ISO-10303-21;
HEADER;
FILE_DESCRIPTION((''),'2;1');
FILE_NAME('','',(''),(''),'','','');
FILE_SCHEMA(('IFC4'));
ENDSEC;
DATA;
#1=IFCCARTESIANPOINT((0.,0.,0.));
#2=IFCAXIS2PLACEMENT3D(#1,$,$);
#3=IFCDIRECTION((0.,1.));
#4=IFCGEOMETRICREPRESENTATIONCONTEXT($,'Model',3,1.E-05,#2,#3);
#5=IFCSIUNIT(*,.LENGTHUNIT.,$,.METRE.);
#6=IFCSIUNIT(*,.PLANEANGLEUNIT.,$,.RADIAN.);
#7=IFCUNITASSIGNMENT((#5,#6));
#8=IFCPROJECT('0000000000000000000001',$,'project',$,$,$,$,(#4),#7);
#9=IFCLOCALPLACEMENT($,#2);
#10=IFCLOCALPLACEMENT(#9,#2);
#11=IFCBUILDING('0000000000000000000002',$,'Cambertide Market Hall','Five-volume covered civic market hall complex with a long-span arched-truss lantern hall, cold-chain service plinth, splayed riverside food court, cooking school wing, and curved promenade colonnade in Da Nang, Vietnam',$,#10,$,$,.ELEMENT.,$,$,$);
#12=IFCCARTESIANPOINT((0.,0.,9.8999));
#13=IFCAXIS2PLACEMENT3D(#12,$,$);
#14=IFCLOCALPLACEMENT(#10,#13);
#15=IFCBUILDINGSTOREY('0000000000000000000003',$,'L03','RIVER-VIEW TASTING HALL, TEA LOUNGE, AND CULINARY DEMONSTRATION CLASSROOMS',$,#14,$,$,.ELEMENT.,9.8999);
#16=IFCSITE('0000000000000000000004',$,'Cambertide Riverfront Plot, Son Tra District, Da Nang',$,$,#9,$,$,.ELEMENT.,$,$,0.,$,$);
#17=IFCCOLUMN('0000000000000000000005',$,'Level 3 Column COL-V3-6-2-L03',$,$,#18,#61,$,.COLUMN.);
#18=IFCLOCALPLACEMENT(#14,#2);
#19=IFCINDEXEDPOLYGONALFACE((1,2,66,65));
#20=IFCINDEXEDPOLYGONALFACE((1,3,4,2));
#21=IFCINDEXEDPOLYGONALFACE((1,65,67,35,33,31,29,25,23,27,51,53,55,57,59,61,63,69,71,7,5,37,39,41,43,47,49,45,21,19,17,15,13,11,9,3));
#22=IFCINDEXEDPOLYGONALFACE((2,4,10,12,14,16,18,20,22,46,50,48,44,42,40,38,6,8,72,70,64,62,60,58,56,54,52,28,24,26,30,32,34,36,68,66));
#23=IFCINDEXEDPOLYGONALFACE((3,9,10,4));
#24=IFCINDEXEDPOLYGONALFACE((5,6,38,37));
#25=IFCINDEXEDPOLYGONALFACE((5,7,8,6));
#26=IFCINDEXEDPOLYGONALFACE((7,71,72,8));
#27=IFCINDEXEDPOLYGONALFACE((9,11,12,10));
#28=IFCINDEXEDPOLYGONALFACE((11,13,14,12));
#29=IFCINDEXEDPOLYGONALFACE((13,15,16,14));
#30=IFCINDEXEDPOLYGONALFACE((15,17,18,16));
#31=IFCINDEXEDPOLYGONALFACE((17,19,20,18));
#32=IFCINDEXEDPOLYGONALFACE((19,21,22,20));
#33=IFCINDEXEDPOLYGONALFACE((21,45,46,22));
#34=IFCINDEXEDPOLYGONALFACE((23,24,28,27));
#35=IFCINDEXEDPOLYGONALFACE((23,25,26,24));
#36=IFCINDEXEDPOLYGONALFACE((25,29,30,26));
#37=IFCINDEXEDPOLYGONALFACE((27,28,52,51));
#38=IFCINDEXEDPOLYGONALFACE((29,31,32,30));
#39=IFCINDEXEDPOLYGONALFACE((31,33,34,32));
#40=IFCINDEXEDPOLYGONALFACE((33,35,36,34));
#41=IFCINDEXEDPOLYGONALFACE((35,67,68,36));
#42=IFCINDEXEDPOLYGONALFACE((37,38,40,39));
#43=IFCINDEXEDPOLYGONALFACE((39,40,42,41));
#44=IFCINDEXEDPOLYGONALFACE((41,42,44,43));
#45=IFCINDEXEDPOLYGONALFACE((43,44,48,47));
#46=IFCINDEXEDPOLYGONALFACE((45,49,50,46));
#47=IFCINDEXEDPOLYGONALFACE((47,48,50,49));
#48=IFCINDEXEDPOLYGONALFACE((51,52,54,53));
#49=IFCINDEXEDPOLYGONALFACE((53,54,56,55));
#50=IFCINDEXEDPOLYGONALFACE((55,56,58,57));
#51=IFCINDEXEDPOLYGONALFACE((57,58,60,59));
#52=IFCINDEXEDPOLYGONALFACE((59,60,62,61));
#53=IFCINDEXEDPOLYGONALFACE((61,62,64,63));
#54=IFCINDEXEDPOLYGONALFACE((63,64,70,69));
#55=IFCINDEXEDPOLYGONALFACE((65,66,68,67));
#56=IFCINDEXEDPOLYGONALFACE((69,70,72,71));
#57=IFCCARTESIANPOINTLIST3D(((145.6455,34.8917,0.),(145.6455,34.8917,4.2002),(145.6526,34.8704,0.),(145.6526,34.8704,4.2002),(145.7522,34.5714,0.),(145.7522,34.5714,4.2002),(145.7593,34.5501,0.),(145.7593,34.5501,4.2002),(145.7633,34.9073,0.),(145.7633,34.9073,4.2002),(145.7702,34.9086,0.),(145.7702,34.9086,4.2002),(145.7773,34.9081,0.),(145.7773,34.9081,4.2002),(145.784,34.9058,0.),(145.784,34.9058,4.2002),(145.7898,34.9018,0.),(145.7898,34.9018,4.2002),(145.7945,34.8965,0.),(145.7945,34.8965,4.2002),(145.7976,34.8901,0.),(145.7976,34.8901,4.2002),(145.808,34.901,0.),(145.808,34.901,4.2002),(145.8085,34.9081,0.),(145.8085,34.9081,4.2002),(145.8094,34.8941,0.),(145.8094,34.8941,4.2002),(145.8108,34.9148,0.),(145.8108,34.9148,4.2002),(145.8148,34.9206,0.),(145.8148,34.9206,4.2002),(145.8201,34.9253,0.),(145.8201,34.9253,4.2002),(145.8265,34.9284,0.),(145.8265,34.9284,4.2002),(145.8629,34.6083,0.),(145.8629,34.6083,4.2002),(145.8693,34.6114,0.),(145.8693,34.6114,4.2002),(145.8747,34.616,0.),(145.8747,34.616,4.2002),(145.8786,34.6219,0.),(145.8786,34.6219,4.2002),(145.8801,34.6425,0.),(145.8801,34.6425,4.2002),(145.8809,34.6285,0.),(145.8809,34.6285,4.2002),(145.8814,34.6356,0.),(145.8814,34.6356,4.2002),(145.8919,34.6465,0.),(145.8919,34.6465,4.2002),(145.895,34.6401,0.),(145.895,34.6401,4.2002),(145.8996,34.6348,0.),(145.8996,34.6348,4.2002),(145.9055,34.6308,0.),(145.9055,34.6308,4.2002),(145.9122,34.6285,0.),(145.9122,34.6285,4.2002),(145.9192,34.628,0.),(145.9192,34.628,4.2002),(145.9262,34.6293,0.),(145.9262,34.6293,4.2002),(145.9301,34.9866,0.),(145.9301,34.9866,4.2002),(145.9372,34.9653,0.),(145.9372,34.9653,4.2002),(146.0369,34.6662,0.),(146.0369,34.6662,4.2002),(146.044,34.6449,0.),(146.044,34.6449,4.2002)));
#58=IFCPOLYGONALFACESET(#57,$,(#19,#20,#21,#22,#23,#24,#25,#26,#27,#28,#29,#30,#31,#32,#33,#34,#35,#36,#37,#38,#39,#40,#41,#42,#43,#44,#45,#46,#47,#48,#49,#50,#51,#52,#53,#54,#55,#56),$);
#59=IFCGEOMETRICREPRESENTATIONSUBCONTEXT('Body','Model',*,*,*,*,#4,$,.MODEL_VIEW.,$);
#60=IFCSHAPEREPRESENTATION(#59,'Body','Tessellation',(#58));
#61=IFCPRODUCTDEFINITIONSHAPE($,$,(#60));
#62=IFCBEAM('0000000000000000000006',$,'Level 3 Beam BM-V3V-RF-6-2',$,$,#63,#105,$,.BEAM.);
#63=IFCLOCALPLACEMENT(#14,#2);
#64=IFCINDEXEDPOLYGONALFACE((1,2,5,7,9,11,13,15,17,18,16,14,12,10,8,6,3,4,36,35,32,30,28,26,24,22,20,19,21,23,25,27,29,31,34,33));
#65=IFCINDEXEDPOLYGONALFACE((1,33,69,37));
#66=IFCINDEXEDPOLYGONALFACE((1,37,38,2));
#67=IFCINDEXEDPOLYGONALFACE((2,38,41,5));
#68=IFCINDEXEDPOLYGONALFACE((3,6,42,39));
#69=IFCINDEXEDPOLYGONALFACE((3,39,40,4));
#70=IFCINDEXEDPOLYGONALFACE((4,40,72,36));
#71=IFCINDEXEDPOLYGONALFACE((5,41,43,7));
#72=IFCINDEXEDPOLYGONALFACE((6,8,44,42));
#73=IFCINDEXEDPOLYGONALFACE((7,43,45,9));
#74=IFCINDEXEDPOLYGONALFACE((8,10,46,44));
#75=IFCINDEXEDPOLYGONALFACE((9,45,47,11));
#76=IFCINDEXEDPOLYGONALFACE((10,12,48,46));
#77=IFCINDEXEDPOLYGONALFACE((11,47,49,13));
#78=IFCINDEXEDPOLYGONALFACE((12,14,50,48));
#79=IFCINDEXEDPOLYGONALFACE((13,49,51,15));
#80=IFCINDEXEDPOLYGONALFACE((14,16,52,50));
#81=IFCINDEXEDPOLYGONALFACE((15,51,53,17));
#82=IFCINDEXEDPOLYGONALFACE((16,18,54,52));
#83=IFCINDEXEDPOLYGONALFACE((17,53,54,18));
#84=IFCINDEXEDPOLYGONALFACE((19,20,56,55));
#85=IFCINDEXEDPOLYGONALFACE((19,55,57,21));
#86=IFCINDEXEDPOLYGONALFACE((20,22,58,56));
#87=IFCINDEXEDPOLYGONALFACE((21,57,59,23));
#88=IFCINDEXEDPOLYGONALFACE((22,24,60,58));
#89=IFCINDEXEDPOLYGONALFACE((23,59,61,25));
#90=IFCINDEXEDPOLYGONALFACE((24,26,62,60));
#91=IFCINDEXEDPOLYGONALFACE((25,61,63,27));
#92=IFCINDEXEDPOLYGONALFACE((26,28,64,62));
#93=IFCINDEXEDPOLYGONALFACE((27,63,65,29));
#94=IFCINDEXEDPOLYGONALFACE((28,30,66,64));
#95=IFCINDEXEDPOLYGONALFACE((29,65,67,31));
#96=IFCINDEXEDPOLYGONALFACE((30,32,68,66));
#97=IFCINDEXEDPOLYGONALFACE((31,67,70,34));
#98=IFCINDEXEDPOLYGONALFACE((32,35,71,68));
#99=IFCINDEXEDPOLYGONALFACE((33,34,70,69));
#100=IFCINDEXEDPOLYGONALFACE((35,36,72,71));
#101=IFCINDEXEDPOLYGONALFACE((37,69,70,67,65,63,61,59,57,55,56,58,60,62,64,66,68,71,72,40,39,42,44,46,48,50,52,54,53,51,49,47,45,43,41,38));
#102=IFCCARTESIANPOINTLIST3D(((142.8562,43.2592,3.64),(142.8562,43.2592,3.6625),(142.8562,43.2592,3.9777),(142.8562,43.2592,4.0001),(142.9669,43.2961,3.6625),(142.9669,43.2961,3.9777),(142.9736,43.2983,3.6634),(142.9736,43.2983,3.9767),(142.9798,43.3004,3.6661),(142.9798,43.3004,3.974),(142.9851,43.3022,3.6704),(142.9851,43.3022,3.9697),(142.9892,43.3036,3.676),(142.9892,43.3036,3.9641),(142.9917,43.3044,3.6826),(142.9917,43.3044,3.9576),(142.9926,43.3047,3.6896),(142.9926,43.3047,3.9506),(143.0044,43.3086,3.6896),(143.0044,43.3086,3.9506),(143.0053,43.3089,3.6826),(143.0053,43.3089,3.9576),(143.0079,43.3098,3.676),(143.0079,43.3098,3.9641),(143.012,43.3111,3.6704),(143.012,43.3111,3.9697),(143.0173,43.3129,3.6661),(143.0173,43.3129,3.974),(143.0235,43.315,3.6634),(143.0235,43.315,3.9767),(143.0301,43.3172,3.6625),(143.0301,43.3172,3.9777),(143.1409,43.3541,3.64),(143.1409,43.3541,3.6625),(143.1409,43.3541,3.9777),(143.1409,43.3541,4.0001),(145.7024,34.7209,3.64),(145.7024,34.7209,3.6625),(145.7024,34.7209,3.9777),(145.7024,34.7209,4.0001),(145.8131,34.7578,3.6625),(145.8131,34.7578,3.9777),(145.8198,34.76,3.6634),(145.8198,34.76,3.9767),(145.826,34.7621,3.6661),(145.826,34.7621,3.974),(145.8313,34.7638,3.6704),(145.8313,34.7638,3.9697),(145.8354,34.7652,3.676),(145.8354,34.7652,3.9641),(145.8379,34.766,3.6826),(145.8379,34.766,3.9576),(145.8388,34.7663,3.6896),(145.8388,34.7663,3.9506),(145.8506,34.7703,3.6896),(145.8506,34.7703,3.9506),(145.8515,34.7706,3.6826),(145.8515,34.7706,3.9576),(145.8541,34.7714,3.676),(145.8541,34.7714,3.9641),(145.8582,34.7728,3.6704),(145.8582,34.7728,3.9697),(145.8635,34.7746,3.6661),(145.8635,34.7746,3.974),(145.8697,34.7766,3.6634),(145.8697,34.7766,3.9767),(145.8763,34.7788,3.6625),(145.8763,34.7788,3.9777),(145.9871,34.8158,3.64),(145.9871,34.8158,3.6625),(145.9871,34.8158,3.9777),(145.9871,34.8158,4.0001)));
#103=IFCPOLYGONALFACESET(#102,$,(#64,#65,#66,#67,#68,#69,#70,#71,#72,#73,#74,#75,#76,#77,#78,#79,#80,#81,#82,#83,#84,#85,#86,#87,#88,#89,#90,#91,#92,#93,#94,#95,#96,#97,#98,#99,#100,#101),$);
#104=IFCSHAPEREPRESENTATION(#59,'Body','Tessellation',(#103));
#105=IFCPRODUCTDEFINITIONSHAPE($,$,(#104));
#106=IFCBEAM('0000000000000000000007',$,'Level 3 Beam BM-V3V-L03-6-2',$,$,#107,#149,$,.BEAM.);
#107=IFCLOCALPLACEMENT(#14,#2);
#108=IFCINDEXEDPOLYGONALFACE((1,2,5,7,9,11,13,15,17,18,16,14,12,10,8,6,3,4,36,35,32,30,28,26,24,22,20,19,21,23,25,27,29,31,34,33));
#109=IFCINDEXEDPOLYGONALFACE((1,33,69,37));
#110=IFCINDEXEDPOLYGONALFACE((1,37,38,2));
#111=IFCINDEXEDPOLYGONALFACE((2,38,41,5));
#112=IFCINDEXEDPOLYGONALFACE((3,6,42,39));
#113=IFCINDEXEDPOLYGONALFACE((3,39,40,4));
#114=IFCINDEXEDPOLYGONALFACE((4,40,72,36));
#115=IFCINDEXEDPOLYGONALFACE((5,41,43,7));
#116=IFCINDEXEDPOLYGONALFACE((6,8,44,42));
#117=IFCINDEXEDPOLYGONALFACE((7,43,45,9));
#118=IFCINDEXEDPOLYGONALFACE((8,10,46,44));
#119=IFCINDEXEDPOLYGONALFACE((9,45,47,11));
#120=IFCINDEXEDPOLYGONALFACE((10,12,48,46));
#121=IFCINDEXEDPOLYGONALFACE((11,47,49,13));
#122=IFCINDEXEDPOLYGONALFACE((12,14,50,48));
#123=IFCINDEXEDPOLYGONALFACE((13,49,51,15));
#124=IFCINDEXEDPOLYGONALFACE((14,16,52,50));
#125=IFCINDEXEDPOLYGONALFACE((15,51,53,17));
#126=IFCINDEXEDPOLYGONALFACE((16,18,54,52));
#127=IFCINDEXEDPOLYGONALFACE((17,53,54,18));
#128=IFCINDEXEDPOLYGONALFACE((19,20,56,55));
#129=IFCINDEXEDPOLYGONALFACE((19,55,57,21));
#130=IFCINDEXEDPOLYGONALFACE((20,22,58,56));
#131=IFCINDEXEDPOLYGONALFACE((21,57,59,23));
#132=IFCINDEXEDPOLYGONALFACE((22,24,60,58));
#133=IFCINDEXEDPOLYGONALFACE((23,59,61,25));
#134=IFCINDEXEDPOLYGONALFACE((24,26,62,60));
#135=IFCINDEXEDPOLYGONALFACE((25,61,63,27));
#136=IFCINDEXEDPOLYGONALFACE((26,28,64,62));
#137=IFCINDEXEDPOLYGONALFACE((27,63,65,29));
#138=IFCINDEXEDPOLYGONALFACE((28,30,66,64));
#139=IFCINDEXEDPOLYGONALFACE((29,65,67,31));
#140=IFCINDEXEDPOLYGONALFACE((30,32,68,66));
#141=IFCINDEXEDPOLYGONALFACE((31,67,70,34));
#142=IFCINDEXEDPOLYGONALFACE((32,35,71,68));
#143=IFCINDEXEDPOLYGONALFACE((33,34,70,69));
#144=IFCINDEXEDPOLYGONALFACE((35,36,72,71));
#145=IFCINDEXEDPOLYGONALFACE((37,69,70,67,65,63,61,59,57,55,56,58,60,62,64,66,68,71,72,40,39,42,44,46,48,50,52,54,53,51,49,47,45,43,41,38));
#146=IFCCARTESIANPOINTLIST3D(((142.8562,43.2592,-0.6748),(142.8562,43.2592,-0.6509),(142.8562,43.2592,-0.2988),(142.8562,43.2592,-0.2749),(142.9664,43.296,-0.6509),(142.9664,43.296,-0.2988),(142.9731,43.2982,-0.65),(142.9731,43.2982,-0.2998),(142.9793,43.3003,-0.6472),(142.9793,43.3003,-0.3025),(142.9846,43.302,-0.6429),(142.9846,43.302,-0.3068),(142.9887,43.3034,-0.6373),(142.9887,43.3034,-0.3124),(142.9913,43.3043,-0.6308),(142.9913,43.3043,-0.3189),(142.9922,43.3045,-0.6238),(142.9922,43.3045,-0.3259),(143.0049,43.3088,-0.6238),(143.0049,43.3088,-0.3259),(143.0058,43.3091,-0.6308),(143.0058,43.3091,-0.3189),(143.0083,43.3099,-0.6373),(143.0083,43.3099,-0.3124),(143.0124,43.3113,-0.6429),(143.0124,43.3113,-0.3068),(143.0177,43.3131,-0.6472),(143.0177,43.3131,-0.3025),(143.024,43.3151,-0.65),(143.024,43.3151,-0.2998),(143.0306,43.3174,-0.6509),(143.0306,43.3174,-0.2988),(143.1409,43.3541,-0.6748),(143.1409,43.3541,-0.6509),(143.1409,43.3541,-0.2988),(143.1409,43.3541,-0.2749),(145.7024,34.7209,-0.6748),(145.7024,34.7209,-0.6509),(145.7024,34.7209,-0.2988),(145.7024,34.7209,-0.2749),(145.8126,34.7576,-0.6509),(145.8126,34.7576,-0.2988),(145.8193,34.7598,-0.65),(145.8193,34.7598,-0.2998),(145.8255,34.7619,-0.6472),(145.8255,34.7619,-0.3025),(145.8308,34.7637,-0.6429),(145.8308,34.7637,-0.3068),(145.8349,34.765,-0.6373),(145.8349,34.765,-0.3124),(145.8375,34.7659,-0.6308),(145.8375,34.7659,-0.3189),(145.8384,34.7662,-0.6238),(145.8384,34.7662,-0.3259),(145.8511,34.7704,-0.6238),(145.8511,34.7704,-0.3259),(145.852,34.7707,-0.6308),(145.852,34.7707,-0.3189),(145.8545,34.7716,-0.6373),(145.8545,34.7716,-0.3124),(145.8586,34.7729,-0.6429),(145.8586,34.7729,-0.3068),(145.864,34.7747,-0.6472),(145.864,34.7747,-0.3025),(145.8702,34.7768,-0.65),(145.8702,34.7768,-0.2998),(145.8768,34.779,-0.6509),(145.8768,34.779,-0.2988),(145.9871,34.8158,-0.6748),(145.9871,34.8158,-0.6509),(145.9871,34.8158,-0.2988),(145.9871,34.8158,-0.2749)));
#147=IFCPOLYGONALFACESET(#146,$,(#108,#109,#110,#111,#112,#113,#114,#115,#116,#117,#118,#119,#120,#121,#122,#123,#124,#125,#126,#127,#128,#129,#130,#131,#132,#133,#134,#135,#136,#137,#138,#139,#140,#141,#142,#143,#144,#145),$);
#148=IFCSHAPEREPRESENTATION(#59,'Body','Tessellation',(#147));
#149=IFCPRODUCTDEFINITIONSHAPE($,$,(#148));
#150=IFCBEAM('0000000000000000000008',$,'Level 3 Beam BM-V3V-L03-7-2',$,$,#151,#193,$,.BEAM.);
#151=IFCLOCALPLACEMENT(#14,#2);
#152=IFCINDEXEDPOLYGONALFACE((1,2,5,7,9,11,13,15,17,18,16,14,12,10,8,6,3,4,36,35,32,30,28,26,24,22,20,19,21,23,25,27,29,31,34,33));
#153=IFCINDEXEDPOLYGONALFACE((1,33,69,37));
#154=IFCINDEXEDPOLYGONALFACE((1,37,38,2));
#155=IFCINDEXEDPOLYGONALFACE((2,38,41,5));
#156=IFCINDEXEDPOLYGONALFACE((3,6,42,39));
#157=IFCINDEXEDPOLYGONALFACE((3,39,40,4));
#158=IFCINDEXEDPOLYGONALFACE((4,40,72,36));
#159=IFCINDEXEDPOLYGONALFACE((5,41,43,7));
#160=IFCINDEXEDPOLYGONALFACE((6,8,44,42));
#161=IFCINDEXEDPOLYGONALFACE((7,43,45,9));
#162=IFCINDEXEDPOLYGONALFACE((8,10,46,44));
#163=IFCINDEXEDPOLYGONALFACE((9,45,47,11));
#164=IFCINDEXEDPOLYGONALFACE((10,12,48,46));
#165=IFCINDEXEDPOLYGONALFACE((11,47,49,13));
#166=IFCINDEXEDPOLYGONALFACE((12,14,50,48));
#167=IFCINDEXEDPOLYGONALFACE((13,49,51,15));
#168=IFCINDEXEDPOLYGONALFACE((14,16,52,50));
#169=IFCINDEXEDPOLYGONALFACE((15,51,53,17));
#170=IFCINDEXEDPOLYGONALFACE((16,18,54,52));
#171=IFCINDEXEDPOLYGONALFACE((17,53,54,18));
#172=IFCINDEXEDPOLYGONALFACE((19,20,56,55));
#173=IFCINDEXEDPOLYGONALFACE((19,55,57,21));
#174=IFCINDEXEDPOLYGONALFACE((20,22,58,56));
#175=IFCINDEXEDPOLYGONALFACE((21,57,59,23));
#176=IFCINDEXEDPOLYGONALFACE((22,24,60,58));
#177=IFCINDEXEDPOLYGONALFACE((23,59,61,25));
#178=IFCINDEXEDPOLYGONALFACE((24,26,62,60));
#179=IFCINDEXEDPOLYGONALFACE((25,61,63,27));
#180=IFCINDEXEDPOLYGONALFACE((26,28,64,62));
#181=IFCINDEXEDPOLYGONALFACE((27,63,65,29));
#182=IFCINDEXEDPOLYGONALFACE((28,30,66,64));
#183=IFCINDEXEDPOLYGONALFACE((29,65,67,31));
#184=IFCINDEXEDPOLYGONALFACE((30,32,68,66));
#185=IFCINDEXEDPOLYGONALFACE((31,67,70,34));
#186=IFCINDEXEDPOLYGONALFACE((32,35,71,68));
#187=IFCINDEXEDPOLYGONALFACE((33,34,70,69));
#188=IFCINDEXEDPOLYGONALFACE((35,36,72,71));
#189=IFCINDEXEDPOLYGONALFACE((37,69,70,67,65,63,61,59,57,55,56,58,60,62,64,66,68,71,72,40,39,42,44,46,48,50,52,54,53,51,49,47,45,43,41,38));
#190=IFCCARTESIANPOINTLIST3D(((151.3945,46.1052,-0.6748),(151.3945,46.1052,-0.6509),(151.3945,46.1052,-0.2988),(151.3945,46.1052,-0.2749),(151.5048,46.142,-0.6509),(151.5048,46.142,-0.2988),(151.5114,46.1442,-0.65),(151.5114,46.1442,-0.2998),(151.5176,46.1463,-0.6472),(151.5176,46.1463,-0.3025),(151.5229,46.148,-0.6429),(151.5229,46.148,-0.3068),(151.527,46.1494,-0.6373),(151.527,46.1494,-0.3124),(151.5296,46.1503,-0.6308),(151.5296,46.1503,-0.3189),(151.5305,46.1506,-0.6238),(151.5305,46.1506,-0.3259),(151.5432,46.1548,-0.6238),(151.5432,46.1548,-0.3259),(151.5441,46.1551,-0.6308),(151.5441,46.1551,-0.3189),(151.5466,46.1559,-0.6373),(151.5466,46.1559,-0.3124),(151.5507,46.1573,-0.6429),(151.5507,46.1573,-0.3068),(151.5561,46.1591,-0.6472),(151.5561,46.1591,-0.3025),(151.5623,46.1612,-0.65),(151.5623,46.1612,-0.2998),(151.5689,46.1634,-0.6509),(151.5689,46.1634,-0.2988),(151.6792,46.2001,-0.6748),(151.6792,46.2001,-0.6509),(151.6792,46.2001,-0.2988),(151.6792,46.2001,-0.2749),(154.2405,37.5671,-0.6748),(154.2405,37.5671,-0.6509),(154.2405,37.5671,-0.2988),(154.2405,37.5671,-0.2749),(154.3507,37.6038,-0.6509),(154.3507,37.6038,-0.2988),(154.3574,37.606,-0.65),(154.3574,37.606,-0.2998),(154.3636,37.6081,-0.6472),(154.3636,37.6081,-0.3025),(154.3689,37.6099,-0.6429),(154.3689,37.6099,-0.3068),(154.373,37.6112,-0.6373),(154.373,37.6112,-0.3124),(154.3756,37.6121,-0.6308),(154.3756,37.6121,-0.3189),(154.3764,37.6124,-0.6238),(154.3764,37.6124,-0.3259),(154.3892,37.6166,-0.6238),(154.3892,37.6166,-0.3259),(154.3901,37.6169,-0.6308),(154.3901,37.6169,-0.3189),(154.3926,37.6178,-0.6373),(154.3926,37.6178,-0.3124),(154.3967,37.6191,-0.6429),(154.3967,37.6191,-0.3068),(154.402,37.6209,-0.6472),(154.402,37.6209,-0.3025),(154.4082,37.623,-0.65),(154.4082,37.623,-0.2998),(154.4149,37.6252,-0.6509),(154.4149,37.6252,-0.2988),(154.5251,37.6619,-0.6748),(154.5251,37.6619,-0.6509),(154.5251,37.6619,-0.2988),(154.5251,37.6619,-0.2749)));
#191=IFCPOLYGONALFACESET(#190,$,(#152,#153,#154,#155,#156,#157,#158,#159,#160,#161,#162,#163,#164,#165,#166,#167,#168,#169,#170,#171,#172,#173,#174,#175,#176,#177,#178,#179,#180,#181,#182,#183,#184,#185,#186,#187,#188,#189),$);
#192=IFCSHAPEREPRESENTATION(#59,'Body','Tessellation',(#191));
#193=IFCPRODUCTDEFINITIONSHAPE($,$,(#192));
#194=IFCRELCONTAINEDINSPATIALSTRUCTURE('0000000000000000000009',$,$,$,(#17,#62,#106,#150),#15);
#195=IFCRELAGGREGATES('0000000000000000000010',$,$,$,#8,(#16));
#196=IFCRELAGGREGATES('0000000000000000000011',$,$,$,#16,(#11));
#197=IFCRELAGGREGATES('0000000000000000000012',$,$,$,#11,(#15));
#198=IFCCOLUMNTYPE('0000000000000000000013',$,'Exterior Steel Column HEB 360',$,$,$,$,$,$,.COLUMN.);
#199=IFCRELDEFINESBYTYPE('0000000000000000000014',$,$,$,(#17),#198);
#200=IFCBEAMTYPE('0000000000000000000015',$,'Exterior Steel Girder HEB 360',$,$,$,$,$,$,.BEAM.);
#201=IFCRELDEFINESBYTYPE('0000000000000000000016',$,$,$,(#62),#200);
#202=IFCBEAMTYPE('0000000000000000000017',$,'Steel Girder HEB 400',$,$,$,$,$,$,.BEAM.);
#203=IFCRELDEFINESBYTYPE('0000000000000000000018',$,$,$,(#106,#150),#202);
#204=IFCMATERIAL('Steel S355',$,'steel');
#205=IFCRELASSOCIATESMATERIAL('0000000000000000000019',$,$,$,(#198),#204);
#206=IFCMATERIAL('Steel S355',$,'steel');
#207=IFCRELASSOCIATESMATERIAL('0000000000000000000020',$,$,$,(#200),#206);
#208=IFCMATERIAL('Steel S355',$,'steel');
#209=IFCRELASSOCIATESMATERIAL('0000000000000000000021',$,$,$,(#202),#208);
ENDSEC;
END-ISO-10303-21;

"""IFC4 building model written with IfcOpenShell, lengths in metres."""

from ifc_helpers import new_model, si_unit, direction, frame, origin, origin_2d, place, context, subcontext, project, spatial, i_section, extrude, material, material_profile, profile_set, type_object, element, save


model = new_model("IFC4")

# Units and contexts
model_context = context("Model", 3, precision=1e-05, world=origin(), true_north=direction((0.0, 1.0)))
body_context = subcontext(model_context, "Body", "Model", "MODEL_VIEW")
ifc_project = project(units=[si_unit("LENGTHUNIT", "METRE"), si_unit("PLANEANGLEUNIT", "RADIAN")], contexts=[model_context])

# Site, building, storey
site_placement = place(None, origin())
site = spatial("IfcSite", under=ifc_project, at=site_placement, Name="Cambertide Riverfront Plot, Son Tra District, Da Nang", CompositionType="ELEMENT", RefElevation=0.0)
building_placement = place(site_placement, origin())
building = spatial("IfcBuilding", under=site, at=building_placement, Name="Cambertide Market Hall", Description="Five-volume covered civic market hall complex with a long-span arched-truss lantern hall, cold-chain service plinth, splayed riverside food court, cooking school wing, and curved promenade colonnade in Da Nang, Vietnam", CompositionType="ELEMENT")
storey_placement = place(building_placement, frame((0.0, 0.0, 9.8999)))
storey = spatial("IfcBuildingStorey", under=building, at=storey_placement, Name="L03", Description="RIVER-VIEW TASTING HALL, TEA LOUNGE, AND CULINARY DEMONSTRATION CLASSROOMS", CompositionType="ELEMENT", Elevation=9.8999)

# Column
ifc_material_1 = material(Name="Steel S355", Category="steel")
ifc_material_profile_1 = material_profile(ifc_material_1, i_section(OverallWidth=0.3, OverallDepth=0.3601, WebThickness=0.0125, FlangeThickness=0.0225, FilletRadius=0.0271, at=origin_2d()), Name="HEB 360")
ifc_profile_set_1 = profile_set([ifc_material_profile_1], Name="Steel S355")
column_type = type_object("IfcColumnType", Name="Exterior Steel Column HEB 360", PredefinedType="COLUMN", material=ifc_profile_set_1)
column_placement = place(storey_placement, frame((145.8447, 34.7683, 0.0), z_axis=(0.0, 0.0, 1.0), x_axis=(0.948683, 0.316228, 0.0)))
element("IfcColumn", 1, at=column_placement, inside=storey, type_object=column_type, Name="Level 3 Column COL-V3-6-2-L03", PredefinedType="COLUMN", context=body_context, shape_type="SweptSolid", body=[
    extrude(i_section(OverallWidth=0.3, OverallDepth=0.3601, WebThickness=0.0125, FlangeThickness=0.0225, FilletRadius=0.0271, at=origin_2d()), origin(), (0.0, 0.0, 1.0), 4.2002),
])

# Beams
ifc_material_2 = material(Name="Steel S355", Category="steel")
ifc_material_profile_2 = material_profile(ifc_material_2, i_section(OverallWidth=0.3, OverallDepth=0.3601, WebThickness=0.0125, FlangeThickness=0.0225, FilletRadius=0.0271, at=origin_2d()), Name="HEB 360")
ifc_profile_set_2 = profile_set([ifc_material_profile_2], Name="Steel S355")
beam_type_1 = type_object("IfcBeamType", Name="Exterior Steel Girder HEB 360", PredefinedType="BEAM", material=ifc_profile_set_2)
beam_1_placement = place(storey_placement, frame((145.8447, 34.7683, 3.8201), z_axis=(-0.316236, 0.948681, 0.0), x_axis=(-0.948681, -0.316236, 0.0)))
element("IfcBeam", 2, at=beam_1_placement, inside=storey, type_object=beam_type_1, Name="Level 3 Beam BM-V3V-RF-6-2", PredefinedType="BEAM", context=body_context, shape_type="SweptSolid", body=[
    extrude(i_section(OverallWidth=0.3, OverallDepth=0.3601, WebThickness=0.0125, FlangeThickness=0.0225, FilletRadius=0.0271, at=origin_2d()), origin(), (0.0, 0.0, 1.0), 9.0002),
])
ifc_material_3 = material(Name="Steel S355", Category="steel")
ifc_material_profile_3 = material_profile(ifc_material_3, i_section(OverallWidth=0.3, OverallDepth=0.3999, WebThickness=0.0134, FlangeThickness=0.0239, FilletRadius=0.0271, at=origin_2d()), Name="HEB 400")
ifc_profile_set_3 = profile_set([ifc_material_profile_3], Name="Steel S355")
beam_type_2 = type_object("IfcBeamType", Name="Steel Girder HEB 400", PredefinedType="BEAM", material=ifc_profile_set_3)
beam_2_placement = place(storey_placement, frame((145.8447, 34.7683, -0.4749), z_axis=(-0.316236, 0.948681, 0.0), x_axis=(-0.948681, -0.316236, 0.0)))
element("IfcBeam", 3, at=beam_2_placement, inside=storey, type_object=beam_type_2, Name="Level 3 Beam BM-V3V-L03-6-2", PredefinedType="BEAM", context=body_context, shape_type="SweptSolid", body=[
    extrude(i_section(OverallWidth=0.3, OverallDepth=0.3999, WebThickness=0.0134, FlangeThickness=0.0239, FilletRadius=0.0271, at=origin_2d()), origin(), (0.0, 0.0, 1.0), 9.0002),
])
for number, where, z_axis, x_axis, name in (
    (4, (154.3828, 37.6145, -0.4749), (-0.31622, 0.948686, 0.0), (-0.948686, -0.31622, 0.0), "Level 3 Beam BM-V3V-L03-7-2"),
):
    element("IfcBeam", number, at=place(storey_placement, frame(where, z_axis=z_axis, x_axis=x_axis)), inside=storey, type_object=beam_type_2, Name=name, PredefinedType="BEAM", context=body_context, shape_type="SweptSolid", body=[
        extrude(i_section(OverallWidth=0.3, OverallDepth=0.3999, WebThickness=0.0134, FlangeThickness=0.0239, FilletRadius=0.0271, at=origin_2d()), origin(), (0.0, 0.0, 1.0), 9.0),
    ])

save(model, "model.ifc")
